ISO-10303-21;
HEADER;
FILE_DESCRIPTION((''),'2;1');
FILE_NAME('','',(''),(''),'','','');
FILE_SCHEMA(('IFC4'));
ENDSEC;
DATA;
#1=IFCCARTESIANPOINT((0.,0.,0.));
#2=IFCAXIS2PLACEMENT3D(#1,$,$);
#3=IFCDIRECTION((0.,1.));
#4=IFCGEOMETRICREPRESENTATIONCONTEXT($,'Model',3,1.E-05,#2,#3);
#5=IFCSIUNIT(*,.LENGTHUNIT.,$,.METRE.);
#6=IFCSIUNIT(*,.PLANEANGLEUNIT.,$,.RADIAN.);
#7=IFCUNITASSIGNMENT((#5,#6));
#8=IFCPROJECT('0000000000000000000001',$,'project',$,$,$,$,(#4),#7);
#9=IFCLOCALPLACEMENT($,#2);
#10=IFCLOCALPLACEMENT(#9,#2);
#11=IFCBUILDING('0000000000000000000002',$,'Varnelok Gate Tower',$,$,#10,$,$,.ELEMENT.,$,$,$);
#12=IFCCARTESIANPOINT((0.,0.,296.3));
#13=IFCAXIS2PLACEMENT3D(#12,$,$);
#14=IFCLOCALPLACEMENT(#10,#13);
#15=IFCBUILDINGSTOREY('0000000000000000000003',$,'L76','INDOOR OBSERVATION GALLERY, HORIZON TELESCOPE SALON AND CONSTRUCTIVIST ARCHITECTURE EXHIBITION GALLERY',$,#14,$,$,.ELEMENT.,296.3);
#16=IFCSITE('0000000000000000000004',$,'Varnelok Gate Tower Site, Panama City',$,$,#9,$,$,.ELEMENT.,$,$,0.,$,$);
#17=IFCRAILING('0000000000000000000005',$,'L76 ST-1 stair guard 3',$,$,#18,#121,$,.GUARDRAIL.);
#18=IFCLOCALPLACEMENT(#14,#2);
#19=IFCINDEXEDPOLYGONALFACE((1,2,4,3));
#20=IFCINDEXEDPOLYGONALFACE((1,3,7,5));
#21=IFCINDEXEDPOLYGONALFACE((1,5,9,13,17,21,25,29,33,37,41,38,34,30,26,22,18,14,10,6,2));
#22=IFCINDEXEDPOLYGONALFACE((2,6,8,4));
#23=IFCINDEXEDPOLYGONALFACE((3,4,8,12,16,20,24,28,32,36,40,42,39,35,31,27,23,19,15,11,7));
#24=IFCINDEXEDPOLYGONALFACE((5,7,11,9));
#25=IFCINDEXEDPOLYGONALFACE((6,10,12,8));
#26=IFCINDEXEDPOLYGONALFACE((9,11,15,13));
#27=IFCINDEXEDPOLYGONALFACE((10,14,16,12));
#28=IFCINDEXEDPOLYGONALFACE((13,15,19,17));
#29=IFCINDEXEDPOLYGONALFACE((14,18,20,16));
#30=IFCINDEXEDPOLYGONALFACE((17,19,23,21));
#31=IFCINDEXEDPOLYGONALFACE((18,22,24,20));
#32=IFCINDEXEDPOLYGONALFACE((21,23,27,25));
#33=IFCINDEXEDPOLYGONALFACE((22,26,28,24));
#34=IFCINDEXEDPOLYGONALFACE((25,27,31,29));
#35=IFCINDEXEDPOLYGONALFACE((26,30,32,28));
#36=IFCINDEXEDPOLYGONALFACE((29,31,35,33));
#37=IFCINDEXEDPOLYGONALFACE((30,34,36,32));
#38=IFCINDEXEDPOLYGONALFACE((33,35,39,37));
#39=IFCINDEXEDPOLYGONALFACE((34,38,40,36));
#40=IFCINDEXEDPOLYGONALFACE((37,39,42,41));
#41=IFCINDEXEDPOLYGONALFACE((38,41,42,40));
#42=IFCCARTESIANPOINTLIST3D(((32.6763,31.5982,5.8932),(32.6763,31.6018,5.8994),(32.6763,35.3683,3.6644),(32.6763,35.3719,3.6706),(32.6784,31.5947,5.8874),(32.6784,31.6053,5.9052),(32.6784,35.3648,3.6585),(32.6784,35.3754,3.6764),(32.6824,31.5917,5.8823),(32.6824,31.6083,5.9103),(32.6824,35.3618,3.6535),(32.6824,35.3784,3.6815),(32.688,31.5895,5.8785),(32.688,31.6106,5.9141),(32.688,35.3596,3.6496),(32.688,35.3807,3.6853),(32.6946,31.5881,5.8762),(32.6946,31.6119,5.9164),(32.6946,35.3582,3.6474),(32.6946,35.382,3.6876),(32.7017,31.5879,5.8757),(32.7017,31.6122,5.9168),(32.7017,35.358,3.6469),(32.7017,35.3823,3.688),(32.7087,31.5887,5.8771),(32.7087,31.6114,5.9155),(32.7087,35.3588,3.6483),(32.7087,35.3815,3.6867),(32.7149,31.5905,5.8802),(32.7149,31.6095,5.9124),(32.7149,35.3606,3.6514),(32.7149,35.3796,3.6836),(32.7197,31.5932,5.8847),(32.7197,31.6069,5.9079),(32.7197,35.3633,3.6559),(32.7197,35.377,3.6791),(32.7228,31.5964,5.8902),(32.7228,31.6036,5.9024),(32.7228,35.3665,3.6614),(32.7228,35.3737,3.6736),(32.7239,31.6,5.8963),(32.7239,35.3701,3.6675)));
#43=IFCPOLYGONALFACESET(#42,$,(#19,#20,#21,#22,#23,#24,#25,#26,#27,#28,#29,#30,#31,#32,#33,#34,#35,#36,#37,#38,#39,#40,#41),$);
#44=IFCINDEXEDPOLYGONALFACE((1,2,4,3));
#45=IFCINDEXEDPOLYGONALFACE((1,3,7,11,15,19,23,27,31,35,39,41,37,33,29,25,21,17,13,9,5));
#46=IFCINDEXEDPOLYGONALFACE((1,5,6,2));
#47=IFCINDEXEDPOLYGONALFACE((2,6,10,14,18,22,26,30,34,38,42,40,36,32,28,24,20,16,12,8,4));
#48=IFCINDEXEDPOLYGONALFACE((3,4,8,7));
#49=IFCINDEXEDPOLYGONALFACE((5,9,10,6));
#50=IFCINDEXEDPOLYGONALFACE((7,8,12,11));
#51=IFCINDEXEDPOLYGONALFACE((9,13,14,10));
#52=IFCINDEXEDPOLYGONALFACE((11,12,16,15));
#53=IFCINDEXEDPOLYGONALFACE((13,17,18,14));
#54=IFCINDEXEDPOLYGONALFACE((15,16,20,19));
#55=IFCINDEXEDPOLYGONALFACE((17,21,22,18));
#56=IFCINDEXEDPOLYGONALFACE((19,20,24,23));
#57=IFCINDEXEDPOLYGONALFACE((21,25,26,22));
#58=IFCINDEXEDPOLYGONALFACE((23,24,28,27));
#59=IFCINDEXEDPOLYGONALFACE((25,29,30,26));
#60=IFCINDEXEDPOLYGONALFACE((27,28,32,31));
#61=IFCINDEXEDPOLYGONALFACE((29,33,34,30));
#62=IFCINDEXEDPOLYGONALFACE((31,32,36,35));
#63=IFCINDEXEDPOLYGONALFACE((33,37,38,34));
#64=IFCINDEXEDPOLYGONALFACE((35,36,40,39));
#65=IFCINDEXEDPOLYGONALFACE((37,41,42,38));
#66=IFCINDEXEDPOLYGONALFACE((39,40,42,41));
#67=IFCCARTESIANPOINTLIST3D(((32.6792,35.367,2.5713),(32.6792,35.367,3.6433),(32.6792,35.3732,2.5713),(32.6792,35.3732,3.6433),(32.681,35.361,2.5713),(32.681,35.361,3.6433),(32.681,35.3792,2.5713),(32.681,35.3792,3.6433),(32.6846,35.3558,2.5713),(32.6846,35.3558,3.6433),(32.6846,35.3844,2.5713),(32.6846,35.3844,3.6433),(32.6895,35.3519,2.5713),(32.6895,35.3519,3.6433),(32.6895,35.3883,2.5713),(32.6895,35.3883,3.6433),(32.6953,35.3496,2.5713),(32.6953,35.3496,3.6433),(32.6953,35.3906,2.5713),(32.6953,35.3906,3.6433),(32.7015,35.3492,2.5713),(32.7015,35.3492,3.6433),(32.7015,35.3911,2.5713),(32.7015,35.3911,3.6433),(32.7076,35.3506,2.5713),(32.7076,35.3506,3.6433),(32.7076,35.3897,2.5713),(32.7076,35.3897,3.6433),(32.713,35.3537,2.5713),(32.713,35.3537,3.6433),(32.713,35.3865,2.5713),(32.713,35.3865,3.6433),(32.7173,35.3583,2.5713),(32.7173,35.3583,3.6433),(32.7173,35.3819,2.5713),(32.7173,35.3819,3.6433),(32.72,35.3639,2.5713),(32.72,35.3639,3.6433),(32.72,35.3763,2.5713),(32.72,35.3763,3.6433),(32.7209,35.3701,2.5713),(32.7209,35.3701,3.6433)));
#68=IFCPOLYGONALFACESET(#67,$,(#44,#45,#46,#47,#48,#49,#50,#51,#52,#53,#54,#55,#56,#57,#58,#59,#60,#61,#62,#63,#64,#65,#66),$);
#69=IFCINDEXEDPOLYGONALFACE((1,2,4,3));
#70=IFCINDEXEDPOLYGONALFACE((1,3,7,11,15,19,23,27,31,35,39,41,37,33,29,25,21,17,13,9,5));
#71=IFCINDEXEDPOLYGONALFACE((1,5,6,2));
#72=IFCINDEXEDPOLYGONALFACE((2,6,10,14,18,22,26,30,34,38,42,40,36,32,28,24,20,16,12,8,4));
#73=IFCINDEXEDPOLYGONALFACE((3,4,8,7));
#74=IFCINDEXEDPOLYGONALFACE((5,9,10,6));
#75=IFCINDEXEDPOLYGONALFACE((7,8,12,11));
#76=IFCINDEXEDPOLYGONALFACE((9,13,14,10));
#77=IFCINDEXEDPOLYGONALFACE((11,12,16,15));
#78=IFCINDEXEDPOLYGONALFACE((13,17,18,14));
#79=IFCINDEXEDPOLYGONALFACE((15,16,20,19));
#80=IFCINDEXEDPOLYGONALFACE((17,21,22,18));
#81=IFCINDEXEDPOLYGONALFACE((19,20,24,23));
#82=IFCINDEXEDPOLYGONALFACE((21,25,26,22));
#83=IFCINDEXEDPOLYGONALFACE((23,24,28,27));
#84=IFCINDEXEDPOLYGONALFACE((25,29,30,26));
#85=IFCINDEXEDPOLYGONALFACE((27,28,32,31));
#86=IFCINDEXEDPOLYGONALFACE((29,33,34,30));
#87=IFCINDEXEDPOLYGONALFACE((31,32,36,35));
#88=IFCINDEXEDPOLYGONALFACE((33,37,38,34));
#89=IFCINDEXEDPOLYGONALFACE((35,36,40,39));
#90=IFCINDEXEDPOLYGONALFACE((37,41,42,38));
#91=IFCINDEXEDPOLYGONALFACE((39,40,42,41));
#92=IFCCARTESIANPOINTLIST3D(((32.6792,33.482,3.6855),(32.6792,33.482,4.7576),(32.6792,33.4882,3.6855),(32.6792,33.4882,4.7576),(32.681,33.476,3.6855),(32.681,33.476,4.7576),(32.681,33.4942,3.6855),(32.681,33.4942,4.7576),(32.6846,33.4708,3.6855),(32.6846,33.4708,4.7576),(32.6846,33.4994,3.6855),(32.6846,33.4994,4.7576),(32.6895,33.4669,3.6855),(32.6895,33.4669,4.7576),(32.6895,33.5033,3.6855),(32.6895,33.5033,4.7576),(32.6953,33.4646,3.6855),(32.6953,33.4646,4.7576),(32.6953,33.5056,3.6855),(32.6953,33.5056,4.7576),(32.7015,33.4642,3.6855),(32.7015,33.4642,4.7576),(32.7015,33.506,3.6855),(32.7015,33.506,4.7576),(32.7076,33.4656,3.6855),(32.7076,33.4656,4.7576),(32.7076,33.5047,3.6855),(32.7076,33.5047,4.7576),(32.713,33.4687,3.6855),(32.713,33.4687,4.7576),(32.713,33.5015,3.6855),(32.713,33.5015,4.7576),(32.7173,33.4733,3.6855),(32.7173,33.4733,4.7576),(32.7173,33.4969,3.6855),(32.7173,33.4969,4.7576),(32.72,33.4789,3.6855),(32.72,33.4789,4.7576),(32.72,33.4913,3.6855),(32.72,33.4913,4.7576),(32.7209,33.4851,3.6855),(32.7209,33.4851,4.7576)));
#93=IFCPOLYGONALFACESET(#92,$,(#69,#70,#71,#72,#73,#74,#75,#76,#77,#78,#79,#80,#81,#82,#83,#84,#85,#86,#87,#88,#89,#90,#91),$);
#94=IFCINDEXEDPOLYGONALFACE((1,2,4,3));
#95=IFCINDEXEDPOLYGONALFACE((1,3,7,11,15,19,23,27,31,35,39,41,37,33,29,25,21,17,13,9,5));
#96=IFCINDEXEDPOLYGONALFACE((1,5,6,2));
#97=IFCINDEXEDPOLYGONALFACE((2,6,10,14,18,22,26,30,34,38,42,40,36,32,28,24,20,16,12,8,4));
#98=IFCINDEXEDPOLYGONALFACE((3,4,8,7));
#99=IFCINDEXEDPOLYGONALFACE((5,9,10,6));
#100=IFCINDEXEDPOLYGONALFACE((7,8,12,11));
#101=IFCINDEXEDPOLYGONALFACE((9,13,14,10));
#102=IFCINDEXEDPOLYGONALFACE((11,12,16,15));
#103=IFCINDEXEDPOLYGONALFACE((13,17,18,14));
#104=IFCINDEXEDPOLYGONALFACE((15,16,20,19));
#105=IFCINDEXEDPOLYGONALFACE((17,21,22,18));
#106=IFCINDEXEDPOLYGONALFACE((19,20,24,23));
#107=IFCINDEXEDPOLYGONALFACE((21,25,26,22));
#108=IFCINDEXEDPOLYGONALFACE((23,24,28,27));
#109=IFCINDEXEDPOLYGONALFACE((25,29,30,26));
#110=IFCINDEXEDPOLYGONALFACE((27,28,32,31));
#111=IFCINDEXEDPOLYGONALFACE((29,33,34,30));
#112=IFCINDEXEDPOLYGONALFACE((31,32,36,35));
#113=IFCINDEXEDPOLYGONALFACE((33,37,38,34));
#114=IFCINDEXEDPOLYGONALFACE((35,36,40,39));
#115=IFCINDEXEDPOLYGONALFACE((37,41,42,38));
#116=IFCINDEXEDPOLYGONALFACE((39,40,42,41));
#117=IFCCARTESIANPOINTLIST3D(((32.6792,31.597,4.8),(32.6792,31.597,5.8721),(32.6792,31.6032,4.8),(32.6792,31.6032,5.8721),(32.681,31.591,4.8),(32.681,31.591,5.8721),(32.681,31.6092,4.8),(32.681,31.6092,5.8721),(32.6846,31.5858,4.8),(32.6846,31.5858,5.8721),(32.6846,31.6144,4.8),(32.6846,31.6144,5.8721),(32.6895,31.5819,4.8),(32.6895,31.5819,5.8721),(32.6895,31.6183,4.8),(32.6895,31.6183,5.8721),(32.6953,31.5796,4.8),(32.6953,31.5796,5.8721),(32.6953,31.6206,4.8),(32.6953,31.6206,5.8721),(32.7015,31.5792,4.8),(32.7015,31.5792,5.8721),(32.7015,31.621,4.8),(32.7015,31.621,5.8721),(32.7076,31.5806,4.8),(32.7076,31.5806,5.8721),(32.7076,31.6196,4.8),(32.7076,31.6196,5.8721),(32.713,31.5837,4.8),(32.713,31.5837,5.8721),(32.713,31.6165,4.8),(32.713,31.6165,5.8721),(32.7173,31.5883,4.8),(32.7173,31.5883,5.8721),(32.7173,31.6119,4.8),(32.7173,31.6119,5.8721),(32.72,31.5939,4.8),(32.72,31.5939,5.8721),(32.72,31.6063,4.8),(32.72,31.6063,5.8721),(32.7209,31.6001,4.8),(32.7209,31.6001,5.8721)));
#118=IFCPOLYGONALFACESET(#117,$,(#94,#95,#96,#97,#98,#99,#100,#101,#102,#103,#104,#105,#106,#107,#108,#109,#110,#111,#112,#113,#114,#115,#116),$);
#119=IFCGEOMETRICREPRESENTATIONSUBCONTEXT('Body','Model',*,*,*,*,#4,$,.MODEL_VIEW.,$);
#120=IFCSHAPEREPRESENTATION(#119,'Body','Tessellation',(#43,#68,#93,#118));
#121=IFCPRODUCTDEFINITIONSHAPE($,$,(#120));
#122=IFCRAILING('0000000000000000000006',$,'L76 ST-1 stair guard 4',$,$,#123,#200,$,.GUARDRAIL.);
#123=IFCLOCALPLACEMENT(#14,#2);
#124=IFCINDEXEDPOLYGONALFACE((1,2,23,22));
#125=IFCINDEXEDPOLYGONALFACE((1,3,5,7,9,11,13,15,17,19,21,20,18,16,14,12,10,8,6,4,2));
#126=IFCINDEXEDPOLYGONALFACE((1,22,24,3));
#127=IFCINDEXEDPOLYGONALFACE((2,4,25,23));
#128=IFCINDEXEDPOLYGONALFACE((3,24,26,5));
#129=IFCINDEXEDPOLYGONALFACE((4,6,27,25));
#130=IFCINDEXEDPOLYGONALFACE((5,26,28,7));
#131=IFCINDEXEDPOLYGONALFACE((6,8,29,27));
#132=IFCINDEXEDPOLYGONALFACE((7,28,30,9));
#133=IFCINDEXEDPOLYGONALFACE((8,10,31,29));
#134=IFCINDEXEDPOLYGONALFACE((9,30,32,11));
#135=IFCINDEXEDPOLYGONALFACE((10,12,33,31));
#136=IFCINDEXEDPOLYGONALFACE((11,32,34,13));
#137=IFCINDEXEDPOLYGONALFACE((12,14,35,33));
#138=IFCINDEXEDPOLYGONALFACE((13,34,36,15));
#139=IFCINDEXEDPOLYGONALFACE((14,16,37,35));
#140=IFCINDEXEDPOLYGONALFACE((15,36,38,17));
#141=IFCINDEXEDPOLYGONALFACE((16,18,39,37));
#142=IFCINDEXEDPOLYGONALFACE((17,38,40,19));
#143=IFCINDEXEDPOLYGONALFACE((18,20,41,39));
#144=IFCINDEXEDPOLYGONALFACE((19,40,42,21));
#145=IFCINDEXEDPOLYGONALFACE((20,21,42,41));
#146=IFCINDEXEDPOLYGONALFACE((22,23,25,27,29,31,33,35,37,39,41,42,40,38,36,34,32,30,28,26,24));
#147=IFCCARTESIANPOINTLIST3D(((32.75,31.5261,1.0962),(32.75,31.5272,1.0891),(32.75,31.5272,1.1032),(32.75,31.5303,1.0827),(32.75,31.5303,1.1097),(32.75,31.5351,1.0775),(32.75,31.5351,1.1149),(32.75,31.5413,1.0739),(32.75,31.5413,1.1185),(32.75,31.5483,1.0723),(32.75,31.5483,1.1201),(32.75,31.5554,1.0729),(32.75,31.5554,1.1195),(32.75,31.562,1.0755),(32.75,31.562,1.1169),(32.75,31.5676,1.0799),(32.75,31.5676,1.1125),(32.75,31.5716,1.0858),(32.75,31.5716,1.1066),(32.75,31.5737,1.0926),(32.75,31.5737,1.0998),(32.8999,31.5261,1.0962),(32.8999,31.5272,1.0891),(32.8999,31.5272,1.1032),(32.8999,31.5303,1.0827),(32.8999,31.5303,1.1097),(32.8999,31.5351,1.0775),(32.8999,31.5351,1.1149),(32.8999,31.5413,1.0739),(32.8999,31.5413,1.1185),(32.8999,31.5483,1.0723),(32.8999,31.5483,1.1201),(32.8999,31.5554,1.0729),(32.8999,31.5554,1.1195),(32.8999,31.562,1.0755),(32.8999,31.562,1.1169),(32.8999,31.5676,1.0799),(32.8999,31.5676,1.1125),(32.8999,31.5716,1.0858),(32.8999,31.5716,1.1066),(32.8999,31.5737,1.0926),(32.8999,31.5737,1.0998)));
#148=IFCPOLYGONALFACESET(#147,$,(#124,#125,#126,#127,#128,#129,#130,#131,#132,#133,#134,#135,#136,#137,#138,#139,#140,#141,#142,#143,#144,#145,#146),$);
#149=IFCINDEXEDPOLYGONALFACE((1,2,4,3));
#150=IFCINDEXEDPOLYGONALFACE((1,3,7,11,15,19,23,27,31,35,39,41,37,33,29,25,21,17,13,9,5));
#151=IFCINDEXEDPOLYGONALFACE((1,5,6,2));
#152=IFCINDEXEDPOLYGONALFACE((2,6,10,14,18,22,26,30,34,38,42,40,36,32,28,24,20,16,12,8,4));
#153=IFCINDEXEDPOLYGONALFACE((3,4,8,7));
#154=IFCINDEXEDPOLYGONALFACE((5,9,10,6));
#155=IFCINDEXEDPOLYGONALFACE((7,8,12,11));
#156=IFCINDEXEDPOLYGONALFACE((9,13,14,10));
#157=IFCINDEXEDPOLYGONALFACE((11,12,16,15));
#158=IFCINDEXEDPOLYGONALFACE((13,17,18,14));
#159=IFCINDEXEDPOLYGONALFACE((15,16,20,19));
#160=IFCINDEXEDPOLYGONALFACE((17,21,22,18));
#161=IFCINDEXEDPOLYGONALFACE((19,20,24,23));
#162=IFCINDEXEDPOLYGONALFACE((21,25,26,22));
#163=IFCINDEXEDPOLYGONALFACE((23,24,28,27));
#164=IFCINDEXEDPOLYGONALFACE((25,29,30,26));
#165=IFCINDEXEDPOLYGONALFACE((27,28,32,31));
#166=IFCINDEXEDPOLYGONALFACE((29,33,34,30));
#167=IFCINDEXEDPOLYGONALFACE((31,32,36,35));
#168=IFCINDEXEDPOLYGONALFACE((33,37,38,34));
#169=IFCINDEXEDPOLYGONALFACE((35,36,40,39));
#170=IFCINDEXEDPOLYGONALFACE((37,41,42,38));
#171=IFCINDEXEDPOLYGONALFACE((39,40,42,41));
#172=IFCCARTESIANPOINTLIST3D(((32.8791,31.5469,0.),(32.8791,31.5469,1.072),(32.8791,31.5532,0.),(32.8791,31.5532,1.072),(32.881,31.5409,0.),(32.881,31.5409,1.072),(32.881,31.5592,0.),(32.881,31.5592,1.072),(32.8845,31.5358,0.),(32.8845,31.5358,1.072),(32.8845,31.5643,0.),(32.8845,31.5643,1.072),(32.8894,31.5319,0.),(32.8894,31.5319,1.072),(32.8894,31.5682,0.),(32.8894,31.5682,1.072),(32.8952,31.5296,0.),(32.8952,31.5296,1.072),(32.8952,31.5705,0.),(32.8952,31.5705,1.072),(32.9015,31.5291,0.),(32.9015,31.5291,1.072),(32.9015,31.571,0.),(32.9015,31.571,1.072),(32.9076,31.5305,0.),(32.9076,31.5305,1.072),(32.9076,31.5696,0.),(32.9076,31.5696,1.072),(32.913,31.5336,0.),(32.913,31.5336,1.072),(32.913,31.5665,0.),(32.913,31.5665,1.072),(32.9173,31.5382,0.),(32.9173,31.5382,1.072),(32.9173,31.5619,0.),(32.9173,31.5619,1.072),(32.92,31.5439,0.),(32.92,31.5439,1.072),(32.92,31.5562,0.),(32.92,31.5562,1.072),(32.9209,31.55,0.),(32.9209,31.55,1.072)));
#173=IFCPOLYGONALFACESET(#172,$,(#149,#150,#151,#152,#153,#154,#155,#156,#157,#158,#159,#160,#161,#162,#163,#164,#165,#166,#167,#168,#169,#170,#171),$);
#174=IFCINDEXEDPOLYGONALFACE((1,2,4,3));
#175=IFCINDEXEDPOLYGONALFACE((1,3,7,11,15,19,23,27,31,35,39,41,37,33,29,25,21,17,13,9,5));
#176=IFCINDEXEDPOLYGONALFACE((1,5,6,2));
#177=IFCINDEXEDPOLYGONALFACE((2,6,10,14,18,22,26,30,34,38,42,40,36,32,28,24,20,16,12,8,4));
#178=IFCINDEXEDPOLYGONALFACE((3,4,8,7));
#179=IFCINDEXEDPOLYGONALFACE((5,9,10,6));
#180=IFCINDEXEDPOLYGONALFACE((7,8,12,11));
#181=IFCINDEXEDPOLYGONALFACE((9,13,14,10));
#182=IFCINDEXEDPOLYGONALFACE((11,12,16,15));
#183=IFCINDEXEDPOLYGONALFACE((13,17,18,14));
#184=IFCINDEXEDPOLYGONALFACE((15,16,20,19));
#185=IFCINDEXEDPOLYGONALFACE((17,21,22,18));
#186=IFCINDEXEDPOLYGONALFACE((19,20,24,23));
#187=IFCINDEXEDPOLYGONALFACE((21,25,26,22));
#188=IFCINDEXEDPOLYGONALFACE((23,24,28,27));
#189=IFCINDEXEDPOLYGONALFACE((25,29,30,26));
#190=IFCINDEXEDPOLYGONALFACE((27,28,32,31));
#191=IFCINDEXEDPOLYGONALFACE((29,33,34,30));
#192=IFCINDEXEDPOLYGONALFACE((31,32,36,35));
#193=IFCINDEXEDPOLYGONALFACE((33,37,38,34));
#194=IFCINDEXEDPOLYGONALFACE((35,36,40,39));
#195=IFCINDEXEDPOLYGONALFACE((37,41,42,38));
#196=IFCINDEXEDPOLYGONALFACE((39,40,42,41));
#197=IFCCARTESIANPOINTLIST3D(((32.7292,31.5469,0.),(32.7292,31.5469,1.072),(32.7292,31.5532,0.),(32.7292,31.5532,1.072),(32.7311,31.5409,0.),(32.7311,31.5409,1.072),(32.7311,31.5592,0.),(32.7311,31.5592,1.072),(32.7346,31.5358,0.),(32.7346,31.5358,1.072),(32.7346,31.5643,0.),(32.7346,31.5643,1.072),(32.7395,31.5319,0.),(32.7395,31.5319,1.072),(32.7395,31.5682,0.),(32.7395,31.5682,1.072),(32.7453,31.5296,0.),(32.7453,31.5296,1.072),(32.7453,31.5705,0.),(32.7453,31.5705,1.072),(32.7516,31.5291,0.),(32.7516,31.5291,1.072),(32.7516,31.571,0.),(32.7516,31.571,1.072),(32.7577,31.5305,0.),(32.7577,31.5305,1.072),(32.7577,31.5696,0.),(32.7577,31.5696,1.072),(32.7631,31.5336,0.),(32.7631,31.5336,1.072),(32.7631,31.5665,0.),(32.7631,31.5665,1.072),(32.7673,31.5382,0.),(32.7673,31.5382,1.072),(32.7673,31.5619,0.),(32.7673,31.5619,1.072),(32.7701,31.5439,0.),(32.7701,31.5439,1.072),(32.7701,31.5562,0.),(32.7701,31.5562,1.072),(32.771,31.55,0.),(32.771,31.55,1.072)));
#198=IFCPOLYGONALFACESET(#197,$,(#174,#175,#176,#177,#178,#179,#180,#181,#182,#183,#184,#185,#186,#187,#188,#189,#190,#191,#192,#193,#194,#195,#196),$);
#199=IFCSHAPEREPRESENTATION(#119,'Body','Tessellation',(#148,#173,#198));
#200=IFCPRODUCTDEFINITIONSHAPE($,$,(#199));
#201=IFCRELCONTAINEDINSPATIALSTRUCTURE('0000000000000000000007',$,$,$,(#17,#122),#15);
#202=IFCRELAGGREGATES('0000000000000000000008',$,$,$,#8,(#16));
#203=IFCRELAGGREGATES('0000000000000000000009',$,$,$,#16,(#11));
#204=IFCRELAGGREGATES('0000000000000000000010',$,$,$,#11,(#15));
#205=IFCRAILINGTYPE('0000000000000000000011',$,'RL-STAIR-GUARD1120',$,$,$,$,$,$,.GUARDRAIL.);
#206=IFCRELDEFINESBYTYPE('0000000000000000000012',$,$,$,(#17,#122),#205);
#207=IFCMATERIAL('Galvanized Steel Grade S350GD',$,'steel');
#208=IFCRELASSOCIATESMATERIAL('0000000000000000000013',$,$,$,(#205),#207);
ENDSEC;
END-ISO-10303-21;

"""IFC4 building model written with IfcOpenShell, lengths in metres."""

from ifc_helpers import new_model, si_unit, direction, frame, origin, origin_2d, place, context, subcontext, project, spatial, circle, extrude, material, type_object, element, save


model = new_model("IFC4")

# Units and contexts
model_context = context("Model", 3, precision=1e-05, world=origin(), true_north=direction((0.0, 1.0)))
body_context = subcontext(model_context, "Body", "Model", "MODEL_VIEW")
ifc_project = project(units=[si_unit("LENGTHUNIT", "METRE"), si_unit("PLANEANGLEUNIT", "RADIAN")], contexts=[model_context])

# Site, building, storey
site_placement = place(None, origin())
site = spatial("IfcSite", under=ifc_project, at=site_placement, Name="Varnelok Gate Tower Site, Panama City", CompositionType="ELEMENT", RefElevation=0.0)
building_placement = place(site_placement, origin())
building = spatial("IfcBuilding", under=site, at=building_placement, Name="Varnelok Gate Tower", CompositionType="ELEMENT")
storey_placement = place(building_placement, frame((0.0, 0.0, 296.3)))
storey = spatial("IfcBuildingStorey", under=building, at=storey_placement, Name="L76", Description="INDOOR OBSERVATION GALLERY, HORIZON TELESCOPE SALON AND CONSTRUCTIVIST ARCHITECTURE EXHIBITION GALLERY", CompositionType="ELEMENT", Elevation=296.3)

# Railings
ifc_material_1 = material(Name="Galvanized Steel Grade S350GD", Category="steel")
railing_type_1 = type_object("IfcRailingType", Name="RL-STAIR-GUARD1120", PredefinedType="GUARDRAIL", material=ifc_material_1)
railing_1_placement = place(storey_placement, frame((32.7, 35.3701, 2.5713)))
element("IfcRailing", 1, at=railing_1_placement, inside=storey, type_object=railing_type_1, Name="L76 ST-1 stair guard 3", PredefinedType="GUARDRAIL", context=body_context, shape_type="SweptSolid", body=[
    extrude(circle(Radius=0.0239, at=origin_2d()), frame((0.0, 0.0, 1.0962), z_axis=(0.0, -0.860824, 0.508902), x_axis=(1.0, 0.0, 0.0)), (0.0, 0.0, 1.0), 4.3796),
    extrude(circle(Radius=0.021, at=origin_2d()), origin(), (0.0, 0.0, 1.0), 1.072),
    extrude(circle(Radius=0.021, at=origin_2d()), frame((0.0, -1.885, 1.1143)), (0.0, 0.0, 1.0), 1.072),
    extrude(circle(Radius=0.021, at=origin_2d()), frame((0.0, -3.77, 2.2288)), (0.0, 0.0, 1.0), 1.072),
])
railing_2_placement = place(storey_placement, frame((32.8999, 31.55, 0.0)))
element("IfcRailing", 2, at=railing_2_placement, inside=storey, type_object=railing_type_1, Name="L76 ST-1 stair guard 4", PredefinedType="GUARDRAIL", context=body_context, shape_type="SweptSolid", body=[
    extrude(circle(Radius=0.0239, at=origin_2d()), frame((0.0, 0.0, 1.0962), z_axis=(-1.0, 0.0, 0.0), x_axis=(0.0, -1.0, 0.0)), (0.0, 0.0, 1.0), 0.1499),
    extrude(circle(Radius=0.021, at=origin_2d()), origin(), (0.0, 0.0, 1.0), 1.072),
    extrude(circle(Radius=0.021, at=origin_2d()), frame((-0.1499, 0.0, 0.0)), (0.0, 0.0, 1.0), 1.072),
])

save(model, "model.ifc")
